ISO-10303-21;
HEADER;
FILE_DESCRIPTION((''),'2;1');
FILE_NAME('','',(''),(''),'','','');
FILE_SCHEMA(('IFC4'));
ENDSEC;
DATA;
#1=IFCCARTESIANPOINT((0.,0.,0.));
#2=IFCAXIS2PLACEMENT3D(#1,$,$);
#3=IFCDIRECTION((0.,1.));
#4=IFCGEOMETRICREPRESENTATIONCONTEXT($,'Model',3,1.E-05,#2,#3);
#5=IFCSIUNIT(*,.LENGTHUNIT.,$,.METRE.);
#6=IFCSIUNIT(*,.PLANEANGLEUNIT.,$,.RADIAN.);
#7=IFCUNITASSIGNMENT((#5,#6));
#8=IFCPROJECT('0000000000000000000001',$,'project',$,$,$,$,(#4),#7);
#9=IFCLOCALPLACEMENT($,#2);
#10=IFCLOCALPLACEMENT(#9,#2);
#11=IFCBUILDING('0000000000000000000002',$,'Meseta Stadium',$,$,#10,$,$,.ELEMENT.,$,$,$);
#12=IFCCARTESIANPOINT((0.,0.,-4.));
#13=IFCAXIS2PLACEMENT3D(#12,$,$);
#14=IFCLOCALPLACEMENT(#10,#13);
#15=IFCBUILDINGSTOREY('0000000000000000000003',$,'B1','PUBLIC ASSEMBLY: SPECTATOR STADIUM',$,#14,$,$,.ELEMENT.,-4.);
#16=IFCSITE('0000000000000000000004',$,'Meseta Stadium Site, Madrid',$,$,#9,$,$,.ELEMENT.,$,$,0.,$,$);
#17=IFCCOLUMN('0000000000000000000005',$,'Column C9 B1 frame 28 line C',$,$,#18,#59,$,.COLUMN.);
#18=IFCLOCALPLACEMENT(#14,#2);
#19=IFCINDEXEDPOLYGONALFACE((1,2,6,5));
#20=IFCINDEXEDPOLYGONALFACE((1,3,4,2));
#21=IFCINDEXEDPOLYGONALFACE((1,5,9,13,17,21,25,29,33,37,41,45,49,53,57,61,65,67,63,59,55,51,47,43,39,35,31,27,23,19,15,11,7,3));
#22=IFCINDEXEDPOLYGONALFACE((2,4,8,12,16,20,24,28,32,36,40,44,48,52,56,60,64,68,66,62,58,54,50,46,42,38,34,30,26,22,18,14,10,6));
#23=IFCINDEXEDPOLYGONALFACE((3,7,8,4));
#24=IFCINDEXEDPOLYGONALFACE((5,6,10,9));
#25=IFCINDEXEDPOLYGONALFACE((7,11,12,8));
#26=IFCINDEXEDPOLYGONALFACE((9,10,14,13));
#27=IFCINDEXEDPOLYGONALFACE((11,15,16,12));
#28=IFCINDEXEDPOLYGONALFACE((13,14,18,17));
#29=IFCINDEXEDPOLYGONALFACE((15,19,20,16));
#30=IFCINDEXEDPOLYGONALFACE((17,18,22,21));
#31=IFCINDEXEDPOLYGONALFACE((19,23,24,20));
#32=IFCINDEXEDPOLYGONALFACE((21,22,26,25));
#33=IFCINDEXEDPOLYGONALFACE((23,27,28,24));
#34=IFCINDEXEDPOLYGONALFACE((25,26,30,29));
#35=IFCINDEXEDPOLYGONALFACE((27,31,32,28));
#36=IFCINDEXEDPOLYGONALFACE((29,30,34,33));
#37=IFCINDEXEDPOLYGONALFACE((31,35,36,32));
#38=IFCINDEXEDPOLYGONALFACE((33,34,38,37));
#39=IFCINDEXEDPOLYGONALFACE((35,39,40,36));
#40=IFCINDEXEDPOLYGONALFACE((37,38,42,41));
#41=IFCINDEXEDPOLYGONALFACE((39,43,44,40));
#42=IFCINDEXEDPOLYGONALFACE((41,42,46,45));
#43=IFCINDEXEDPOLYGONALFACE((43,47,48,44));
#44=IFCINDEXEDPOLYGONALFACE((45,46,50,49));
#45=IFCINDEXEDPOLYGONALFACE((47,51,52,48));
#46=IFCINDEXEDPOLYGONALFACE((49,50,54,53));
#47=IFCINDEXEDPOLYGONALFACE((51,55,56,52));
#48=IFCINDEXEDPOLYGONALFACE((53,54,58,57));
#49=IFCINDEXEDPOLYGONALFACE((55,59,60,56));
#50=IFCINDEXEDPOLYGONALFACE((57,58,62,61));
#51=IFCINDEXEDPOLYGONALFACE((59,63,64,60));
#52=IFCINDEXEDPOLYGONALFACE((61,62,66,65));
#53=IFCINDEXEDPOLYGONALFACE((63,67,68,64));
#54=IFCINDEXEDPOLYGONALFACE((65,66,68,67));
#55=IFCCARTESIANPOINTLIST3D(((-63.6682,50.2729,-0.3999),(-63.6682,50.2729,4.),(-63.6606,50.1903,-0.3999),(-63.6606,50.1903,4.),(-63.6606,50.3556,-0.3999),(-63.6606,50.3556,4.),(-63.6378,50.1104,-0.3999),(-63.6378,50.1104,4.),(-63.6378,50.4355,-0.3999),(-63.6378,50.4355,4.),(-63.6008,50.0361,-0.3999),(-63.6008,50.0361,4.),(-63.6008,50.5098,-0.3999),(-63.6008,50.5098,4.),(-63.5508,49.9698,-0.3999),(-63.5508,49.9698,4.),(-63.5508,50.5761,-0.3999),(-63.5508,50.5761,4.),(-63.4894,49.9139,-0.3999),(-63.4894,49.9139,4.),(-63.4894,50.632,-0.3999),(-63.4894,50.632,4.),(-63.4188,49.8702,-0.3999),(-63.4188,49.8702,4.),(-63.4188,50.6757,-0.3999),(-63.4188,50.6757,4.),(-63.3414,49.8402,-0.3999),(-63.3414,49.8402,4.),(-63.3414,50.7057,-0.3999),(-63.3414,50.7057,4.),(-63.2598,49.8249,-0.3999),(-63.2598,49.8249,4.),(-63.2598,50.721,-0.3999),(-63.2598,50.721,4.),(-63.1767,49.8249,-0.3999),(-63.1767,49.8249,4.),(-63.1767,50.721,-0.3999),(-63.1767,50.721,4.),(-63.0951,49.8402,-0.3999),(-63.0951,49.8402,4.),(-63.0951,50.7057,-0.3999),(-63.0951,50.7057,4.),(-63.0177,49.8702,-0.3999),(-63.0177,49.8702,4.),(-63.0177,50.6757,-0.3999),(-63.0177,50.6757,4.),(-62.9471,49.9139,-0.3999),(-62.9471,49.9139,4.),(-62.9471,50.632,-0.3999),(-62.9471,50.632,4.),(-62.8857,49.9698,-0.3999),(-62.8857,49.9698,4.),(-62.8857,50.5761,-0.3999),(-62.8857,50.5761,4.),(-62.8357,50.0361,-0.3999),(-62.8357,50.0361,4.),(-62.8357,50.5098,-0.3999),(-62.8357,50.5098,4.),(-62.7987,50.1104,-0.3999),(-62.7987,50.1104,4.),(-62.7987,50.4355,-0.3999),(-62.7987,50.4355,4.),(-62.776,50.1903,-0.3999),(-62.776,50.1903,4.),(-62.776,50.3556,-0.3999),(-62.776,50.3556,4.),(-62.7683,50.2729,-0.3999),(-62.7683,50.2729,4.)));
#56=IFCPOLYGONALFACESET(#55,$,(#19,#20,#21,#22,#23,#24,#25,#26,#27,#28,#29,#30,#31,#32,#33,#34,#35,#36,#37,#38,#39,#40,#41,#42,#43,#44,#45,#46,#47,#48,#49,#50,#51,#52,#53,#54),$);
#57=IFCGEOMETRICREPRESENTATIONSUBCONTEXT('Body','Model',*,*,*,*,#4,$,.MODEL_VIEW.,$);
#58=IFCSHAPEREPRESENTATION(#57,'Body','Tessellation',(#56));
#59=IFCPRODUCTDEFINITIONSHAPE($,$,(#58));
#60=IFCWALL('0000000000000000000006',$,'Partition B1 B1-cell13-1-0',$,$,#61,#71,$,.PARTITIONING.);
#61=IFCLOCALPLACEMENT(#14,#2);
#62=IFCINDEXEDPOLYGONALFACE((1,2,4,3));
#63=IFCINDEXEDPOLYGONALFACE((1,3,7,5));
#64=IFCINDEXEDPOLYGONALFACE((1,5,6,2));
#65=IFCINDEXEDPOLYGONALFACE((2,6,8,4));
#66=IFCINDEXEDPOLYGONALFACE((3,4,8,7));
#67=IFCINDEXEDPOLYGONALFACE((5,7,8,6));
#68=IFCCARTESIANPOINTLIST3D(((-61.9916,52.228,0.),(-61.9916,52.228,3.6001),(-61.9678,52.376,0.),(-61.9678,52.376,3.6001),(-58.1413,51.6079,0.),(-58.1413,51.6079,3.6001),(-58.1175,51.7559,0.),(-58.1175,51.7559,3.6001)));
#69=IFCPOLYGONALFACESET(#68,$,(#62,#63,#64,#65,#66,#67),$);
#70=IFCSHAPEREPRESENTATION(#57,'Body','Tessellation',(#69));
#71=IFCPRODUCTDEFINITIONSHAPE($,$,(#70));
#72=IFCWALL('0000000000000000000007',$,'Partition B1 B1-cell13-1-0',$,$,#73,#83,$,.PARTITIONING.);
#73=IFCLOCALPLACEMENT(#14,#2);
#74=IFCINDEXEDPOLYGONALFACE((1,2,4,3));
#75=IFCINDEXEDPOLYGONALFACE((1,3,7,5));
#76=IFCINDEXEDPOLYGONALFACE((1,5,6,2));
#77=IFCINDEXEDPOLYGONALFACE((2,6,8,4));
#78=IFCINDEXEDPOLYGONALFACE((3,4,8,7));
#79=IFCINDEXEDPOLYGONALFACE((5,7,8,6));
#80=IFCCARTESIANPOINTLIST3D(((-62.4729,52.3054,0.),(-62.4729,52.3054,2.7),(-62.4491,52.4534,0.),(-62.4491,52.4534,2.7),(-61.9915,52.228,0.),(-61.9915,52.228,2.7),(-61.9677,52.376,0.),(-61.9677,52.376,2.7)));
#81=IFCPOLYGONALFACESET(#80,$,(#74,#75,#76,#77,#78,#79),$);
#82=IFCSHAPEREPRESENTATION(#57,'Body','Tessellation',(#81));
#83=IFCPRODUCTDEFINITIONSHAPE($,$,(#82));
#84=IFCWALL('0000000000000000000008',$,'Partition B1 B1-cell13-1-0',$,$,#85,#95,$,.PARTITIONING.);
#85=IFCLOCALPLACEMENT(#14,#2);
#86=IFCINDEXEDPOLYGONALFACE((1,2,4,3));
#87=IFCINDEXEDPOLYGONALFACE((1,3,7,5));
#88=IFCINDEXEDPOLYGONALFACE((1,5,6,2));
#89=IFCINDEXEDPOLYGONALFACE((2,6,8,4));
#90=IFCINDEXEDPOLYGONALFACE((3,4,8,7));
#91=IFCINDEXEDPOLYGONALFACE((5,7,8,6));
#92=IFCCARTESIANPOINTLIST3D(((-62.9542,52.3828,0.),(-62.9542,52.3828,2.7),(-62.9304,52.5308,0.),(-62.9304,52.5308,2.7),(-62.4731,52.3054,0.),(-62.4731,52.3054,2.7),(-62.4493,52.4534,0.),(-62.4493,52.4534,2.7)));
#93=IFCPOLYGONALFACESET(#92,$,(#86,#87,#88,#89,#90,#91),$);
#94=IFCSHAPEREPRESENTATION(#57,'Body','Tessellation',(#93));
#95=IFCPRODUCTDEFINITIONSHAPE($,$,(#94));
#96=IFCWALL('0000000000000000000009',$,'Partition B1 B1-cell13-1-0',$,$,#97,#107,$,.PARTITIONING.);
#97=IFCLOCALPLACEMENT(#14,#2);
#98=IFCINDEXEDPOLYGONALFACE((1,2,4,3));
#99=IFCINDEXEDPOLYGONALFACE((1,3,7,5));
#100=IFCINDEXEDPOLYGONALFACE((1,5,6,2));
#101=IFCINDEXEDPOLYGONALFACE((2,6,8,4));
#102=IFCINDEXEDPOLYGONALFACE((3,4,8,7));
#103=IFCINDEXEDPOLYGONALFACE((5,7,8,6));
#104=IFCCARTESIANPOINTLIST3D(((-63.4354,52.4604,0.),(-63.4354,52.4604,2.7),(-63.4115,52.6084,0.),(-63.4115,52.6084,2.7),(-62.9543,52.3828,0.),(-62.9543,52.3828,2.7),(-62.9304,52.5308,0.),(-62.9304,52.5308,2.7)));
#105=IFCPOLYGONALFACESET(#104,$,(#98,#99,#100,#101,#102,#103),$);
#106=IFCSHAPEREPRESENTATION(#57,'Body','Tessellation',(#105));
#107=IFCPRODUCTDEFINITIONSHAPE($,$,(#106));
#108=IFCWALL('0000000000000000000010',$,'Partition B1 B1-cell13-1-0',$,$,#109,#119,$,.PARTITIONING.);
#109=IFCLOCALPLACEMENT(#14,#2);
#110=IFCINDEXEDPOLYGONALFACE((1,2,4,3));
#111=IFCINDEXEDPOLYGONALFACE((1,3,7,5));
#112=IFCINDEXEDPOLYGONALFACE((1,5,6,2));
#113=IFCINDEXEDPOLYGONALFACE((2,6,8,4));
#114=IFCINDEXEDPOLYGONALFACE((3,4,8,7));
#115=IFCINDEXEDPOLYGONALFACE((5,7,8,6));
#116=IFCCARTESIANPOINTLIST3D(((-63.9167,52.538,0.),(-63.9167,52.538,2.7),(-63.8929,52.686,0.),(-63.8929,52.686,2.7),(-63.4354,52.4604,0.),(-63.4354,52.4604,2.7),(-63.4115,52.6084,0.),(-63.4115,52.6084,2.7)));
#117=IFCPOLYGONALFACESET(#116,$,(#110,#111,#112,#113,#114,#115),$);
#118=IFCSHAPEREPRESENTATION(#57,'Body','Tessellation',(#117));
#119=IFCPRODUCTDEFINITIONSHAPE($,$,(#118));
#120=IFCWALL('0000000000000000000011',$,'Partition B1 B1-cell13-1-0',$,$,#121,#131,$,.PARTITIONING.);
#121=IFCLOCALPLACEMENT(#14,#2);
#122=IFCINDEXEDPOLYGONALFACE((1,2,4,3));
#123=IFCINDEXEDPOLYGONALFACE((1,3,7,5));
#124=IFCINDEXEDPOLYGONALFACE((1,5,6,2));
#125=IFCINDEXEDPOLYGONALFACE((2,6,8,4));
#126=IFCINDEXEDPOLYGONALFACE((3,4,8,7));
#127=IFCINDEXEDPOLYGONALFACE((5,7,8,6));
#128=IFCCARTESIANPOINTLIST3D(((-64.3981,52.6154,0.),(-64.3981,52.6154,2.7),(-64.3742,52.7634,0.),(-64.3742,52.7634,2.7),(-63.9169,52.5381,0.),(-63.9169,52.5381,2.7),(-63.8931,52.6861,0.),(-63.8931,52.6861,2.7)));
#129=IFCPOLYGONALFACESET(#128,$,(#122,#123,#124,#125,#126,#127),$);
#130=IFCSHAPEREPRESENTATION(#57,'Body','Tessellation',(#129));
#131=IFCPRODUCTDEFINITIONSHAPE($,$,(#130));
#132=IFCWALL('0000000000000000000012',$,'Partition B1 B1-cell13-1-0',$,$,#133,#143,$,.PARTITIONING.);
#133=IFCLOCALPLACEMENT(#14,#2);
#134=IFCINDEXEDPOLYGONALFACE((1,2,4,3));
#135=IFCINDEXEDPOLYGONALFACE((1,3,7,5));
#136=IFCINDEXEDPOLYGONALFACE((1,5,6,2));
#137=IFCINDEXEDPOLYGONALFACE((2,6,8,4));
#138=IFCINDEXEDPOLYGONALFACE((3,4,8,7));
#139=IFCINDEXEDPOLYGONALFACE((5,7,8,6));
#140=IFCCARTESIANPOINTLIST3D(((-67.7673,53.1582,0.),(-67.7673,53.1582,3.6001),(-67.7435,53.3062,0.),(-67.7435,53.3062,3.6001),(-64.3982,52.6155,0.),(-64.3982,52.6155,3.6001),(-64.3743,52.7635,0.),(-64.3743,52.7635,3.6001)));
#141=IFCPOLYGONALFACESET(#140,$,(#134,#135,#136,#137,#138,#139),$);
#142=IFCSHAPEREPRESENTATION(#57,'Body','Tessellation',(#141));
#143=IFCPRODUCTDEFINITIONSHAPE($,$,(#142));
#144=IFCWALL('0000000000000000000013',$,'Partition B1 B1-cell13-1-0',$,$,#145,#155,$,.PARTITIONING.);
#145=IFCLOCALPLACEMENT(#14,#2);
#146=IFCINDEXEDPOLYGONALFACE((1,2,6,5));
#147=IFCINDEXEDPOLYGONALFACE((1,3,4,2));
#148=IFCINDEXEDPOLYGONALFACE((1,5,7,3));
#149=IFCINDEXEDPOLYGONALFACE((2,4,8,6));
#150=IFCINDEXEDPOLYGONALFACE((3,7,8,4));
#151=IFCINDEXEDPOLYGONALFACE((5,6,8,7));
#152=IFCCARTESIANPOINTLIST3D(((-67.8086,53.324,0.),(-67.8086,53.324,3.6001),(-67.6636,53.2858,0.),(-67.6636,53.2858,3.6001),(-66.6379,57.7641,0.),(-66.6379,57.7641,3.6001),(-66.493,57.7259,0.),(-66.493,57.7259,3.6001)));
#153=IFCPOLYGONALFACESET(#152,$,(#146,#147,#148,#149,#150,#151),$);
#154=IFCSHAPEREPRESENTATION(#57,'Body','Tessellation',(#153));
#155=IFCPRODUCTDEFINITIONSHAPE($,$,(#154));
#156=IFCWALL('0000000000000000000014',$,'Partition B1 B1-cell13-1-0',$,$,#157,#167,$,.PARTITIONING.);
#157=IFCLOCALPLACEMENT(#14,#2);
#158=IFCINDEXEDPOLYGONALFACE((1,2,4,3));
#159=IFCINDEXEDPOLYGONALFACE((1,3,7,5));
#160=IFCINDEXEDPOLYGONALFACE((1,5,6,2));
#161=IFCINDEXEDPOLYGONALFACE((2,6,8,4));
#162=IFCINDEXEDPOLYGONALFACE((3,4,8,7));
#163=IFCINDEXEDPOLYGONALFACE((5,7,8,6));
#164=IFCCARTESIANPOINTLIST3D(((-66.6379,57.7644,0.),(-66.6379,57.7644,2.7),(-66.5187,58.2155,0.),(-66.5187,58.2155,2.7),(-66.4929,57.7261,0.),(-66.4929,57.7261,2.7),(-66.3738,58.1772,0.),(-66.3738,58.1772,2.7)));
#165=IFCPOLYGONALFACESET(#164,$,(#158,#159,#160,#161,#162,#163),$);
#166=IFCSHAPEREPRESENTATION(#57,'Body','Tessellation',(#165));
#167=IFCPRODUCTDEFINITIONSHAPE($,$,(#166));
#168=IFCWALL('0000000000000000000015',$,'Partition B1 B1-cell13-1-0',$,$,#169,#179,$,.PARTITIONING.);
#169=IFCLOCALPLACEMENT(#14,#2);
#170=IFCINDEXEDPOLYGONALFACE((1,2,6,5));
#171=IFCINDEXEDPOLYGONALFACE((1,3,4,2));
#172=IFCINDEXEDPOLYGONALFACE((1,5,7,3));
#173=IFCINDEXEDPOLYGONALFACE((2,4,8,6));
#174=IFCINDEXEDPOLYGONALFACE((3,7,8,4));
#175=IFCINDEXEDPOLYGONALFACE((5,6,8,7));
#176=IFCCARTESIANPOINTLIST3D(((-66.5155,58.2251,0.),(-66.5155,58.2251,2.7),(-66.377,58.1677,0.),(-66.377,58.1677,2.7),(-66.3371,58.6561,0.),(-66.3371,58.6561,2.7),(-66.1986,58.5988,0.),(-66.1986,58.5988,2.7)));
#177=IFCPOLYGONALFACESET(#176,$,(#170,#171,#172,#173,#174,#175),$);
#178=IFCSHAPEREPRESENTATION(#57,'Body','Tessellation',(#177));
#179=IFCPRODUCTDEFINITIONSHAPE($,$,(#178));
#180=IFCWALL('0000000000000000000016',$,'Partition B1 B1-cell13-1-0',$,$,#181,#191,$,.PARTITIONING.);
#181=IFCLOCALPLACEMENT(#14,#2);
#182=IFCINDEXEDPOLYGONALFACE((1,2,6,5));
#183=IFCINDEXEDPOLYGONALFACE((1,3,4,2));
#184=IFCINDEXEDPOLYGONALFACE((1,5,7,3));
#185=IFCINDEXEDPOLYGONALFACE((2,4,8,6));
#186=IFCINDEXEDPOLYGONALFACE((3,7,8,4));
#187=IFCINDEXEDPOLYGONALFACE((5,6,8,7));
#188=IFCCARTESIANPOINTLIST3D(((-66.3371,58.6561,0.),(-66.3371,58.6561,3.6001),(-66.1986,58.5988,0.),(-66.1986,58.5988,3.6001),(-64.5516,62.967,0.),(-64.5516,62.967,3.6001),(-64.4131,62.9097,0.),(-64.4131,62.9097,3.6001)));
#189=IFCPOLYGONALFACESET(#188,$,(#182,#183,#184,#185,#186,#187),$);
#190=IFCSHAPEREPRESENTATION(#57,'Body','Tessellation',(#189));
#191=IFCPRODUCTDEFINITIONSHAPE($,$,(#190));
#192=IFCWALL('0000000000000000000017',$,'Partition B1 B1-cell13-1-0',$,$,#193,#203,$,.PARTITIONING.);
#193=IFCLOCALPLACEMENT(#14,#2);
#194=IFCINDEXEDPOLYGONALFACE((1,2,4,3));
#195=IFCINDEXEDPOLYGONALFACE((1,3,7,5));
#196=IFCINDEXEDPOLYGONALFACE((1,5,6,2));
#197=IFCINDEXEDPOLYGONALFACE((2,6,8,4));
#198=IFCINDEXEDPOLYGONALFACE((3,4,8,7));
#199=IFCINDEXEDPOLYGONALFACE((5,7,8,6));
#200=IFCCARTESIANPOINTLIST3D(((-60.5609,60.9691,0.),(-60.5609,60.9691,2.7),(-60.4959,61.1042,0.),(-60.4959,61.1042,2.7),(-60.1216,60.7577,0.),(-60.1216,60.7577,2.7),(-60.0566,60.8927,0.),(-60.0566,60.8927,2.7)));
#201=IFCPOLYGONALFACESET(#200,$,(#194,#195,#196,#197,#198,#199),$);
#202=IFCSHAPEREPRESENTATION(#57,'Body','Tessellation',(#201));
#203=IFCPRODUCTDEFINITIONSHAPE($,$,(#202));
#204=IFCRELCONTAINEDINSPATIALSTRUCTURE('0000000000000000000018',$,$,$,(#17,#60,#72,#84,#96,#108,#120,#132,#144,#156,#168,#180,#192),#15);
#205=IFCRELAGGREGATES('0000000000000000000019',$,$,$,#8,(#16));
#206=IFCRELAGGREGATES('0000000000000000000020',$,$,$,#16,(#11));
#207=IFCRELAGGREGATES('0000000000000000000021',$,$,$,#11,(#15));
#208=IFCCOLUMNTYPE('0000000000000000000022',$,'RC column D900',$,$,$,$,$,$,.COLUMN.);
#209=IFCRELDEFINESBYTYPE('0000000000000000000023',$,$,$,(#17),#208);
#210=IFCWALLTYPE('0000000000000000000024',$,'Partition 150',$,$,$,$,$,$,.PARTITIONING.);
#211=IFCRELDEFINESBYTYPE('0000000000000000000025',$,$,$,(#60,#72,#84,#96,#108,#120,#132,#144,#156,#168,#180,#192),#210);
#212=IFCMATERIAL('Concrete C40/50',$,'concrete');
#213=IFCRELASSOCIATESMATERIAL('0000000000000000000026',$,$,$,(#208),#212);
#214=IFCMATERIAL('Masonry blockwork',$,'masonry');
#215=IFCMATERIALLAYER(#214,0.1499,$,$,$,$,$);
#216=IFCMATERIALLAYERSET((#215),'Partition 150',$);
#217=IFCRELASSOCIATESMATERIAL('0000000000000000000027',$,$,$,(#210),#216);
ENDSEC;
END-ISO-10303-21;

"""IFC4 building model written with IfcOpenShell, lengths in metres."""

from ifc_helpers import new_model, si_unit, direction, frame, frame_2d, origin, origin_2d, place, context, subcontext, project, spatial, rectangle, circle, extrude, material, layer, layer_set, material_profile, profile_set, type_object, element, save


model = new_model("IFC4")

# Units and contexts
model_context = context("Model", 3, precision=1e-05, world=origin(), true_north=direction((0.0, 1.0)))
body_context = subcontext(model_context, "Body", "Model", "MODEL_VIEW")
ifc_project = project(units=[si_unit("LENGTHUNIT", "METRE"), si_unit("PLANEANGLEUNIT", "RADIAN")], contexts=[model_context])

# Site, building, storey
site_placement = place(None, origin())
site = spatial("IfcSite", under=ifc_project, at=site_placement, Name="Meseta Stadium Site, Madrid", CompositionType="ELEMENT", RefElevation=0.0)
building_placement = place(site_placement, origin())
building = spatial("IfcBuilding", under=site, at=building_placement, Name="Meseta Stadium", CompositionType="ELEMENT")
storey_placement = place(building_placement, frame((0.0, 0.0, -4.0)))
storey = spatial("IfcBuildingStorey", under=building, at=storey_placement, Name="B1", Description="PUBLIC ASSEMBLY: SPECTATOR STADIUM", CompositionType="ELEMENT", Elevation=-4.0)

# Column
ifc_material_1 = material(Name="Concrete C40/50", Category="concrete")
ifc_material_profile_1 = material_profile(ifc_material_1, circle(Radius=0.45, at=origin_2d()), Name="RC D900")
ifc_profile_set_1 = profile_set([ifc_material_profile_1], Name="Concrete C40/50")
column_type_1 = type_object("IfcColumnType", Name="RC column D900", PredefinedType="COLUMN", material=ifc_profile_set_1)
for number, where, z_axis, x_axis, name in (
    (1, (-63.2183, 50.2729, -0.3999), (0.0, 0.0, 1.0), (1.0, 0.0, 0.0), "Column C9 B1 frame 28 line C"),
):
    element("IfcColumn", number, at=place(storey_placement, frame(where, z_axis=z_axis, x_axis=x_axis)), inside=storey, type_object=column_type_1, Name=name, PredefinedType="COLUMN", context=body_context, shape_type="SweptSolid", body=[
        extrude(circle(Radius=0.45, at=origin_2d()), origin(), (0.0, 0.0, 1.0), 4.3999),
    ])

# Walls
ifc_material_2 = material(Name="Masonry blockwork", Category="masonry")
ifc_layer = layer(ifc_material_2, 0.1499)
ifc_layer_set = layer_set([ifc_layer], Name="Partition 150")
wall_type = type_object("IfcWallType", Name="Partition 150", PredefinedType="PARTITIONING", material=ifc_layer_set)
wall_1_placement = place(storey_placement, frame((-58.1294, 51.6819, 0.0), z_axis=(0.0, 0.0, 1.0), x_axis=(-0.987278, 0.159006, 0.0)))
element("IfcWall", 2, at=wall_1_placement, inside=storey, type_object=wall_type, Name="Partition B1 B1-cell13-1-0", PredefinedType="PARTITIONING", context=body_context, shape_type="SweptSolid", body=[
    extrude(rectangle(XDim=3.8999, YDim=0.1499, at=frame_2d((1.95, 0.0))), origin(), (0.0, 0.0, 1.0), 3.6001),
])
wall_2_placement = place(storey_placement, frame((-61.9797, 52.302, 0.0), z_axis=(0.0, 0.0, 1.0), x_axis=(-0.987325, 0.158713, 0.0)))
element("IfcWall", 3, at=wall_2_placement, inside=storey, type_object=wall_type, Name="Partition B1 B1-cell13-1-0", PredefinedType="PARTITIONING", context=body_context, shape_type="SweptSolid", body=[
    extrude(rectangle(XDim=0.4875, YDim=0.1499, at=frame_2d((0.2437, 0.0))), origin(), (0.0, 0.0, 1.0), 2.7),
])
for number, where, z_axis, x_axis, name in (
    (4, (-62.4612, 52.3794, 0.0), (0.0, 0.0, 1.0), (-0.987312, 0.158791, 0.0), "Partition B1 B1-cell13-1-0"),
    (5, (-62.9424, 52.4568, 0.0), (0.0, 0.0, 1.0), (-0.987233, 0.15928, 0.0), "Partition B1 B1-cell13-1-0"),
):
    element("IfcWall", number, at=place(storey_placement, frame(where, z_axis=z_axis, x_axis=x_axis)), inside=storey, type_object=wall_type, Name=name, PredefinedType="PARTITIONING", context=body_context, shape_type="SweptSolid", body=[
        extrude(rectangle(XDim=0.4873, YDim=0.1499, at=frame_2d((0.2437, 0.0))), origin(), (0.0, 0.0, 1.0), 2.7),
    ])
wall_3_placement = place(storey_placement, frame((-63.4236, 52.5344, 0.0), z_axis=(0.0, 0.0, 1.0), x_axis=(-0.987246, 0.159201, 0.0)))
element("IfcWall", 6, at=wall_3_placement, inside=storey, type_object=wall_type, Name="Partition B1 B1-cell13-1-0", PredefinedType="PARTITIONING", context=body_context, shape_type="SweptSolid", body=[
    extrude(rectangle(XDim=0.4875, YDim=0.1499, at=frame_2d((0.2437, 0.0))), origin(), (0.0, 0.0, 1.0), 2.7),
])
wall_4_placement = place(storey_placement, frame((-63.905, 52.6121, 0.0), z_axis=(0.0, 0.0, 1.0), x_axis=(-0.987312, 0.158791, 0.0)))
element("IfcWall", 7, at=wall_4_placement, inside=storey, type_object=wall_type, Name="Partition B1 B1-cell13-1-0", PredefinedType="PARTITIONING", context=body_context, shape_type="SweptSolid", body=[
    extrude(rectangle(XDim=0.4873, YDim=0.1499, at=frame_2d((0.2437, 0.0))), origin(), (0.0, 0.0, 1.0), 2.7),
])
wall_5_placement = place(storey_placement, frame((-64.3862, 52.6895, 0.0), z_axis=(0.0, 0.0, 1.0), x_axis=(-0.987273, 0.159037, 0.0)))
element("IfcWall", 8, at=wall_5_placement, inside=storey, type_object=wall_type, Name="Partition B1 B1-cell13-1-0", PredefinedType="PARTITIONING", context=body_context, shape_type="SweptSolid", body=[
    extrude(rectangle(XDim=3.4126, YDim=0.1499, at=frame_2d((1.7063, 0.0))), origin(), (0.0, 0.0, 1.0), 3.6001),
])
wall_6_placement = place(storey_placement, frame((-67.7361, 53.3049, 0.0), z_axis=(0.0, 0.0, 1.0), x_axis=(0.254938, 0.966957, 0.0)))
element("IfcWall", 9, at=wall_6_placement, inside=storey, type_object=wall_type, Name="Partition B1 B1-cell13-1-0", PredefinedType="PARTITIONING", context=body_context, shape_type="SweptSolid", body=[
    extrude(rectangle(XDim=4.5918, YDim=0.1499, at=frame_2d((2.2959, 0.0))), origin(), (0.0, 0.0, 1.0), 3.6001),
])
for number, where, z_axis, x_axis, name in (
    (10, (-66.5654, 57.7451, 0.0), (0.0, 0.0, 1.0), (0.255317, 0.966857, 0.0), "Partition B1 B1-cell13-1-0"),
    (11, (-66.4463, 58.1963, 0.0), (0.0, 0.0, 1.0), (0.38246, 0.923972, 0.0), "Partition B1 B1-cell13-1-0"),
):
    element("IfcWall", number, at=place(storey_placement, frame(where, z_axis=z_axis, x_axis=x_axis)), inside=storey, type_object=wall_type, Name=name, PredefinedType="PARTITIONING", context=body_context, shape_type="SweptSolid", body=[
        extrude(rectangle(XDim=0.4666, YDim=0.1499, at=frame_2d((0.2334, 0.0))), origin(), (0.0, 0.0, 1.0), 2.7),
    ])
wall_7_placement = place(storey_placement, frame((-66.2678, 58.6274, 0.0), z_axis=(0.0, 0.0, 1.0), x_axis=(0.382649, 0.923894, 0.0)))
element("IfcWall", 12, at=wall_7_placement, inside=storey, type_object=wall_type, Name="Partition B1 B1-cell13-1-0", PredefinedType="PARTITIONING", context=body_context, shape_type="SweptSolid", body=[
    extrude(rectangle(XDim=4.666, YDim=0.1499, at=frame_2d((2.333, 0.0))), origin(), (0.0, 0.0, 1.0), 3.6001),
])
for number, where, z_axis, x_axis, name in (
    (13, (-60.5283, 61.0366, 0.0), (0.0, 0.0, 1.0), (0.901038, -0.43374, 0.0), "Partition B1 B1-cell13-1-0"),
):
    element("IfcWall", number, at=place(storey_placement, frame(where, z_axis=z_axis, x_axis=x_axis)), inside=storey, type_object=wall_type, Name=name, PredefinedType="PARTITIONING", context=body_context, shape_type="SweptSolid", body=[
        extrude(rectangle(XDim=0.4875, YDim=0.1499, at=frame_2d((0.2437, 0.0))), origin(), (0.0, 0.0, 1.0), 2.7),
    ])

save(model, "model.ifc")
